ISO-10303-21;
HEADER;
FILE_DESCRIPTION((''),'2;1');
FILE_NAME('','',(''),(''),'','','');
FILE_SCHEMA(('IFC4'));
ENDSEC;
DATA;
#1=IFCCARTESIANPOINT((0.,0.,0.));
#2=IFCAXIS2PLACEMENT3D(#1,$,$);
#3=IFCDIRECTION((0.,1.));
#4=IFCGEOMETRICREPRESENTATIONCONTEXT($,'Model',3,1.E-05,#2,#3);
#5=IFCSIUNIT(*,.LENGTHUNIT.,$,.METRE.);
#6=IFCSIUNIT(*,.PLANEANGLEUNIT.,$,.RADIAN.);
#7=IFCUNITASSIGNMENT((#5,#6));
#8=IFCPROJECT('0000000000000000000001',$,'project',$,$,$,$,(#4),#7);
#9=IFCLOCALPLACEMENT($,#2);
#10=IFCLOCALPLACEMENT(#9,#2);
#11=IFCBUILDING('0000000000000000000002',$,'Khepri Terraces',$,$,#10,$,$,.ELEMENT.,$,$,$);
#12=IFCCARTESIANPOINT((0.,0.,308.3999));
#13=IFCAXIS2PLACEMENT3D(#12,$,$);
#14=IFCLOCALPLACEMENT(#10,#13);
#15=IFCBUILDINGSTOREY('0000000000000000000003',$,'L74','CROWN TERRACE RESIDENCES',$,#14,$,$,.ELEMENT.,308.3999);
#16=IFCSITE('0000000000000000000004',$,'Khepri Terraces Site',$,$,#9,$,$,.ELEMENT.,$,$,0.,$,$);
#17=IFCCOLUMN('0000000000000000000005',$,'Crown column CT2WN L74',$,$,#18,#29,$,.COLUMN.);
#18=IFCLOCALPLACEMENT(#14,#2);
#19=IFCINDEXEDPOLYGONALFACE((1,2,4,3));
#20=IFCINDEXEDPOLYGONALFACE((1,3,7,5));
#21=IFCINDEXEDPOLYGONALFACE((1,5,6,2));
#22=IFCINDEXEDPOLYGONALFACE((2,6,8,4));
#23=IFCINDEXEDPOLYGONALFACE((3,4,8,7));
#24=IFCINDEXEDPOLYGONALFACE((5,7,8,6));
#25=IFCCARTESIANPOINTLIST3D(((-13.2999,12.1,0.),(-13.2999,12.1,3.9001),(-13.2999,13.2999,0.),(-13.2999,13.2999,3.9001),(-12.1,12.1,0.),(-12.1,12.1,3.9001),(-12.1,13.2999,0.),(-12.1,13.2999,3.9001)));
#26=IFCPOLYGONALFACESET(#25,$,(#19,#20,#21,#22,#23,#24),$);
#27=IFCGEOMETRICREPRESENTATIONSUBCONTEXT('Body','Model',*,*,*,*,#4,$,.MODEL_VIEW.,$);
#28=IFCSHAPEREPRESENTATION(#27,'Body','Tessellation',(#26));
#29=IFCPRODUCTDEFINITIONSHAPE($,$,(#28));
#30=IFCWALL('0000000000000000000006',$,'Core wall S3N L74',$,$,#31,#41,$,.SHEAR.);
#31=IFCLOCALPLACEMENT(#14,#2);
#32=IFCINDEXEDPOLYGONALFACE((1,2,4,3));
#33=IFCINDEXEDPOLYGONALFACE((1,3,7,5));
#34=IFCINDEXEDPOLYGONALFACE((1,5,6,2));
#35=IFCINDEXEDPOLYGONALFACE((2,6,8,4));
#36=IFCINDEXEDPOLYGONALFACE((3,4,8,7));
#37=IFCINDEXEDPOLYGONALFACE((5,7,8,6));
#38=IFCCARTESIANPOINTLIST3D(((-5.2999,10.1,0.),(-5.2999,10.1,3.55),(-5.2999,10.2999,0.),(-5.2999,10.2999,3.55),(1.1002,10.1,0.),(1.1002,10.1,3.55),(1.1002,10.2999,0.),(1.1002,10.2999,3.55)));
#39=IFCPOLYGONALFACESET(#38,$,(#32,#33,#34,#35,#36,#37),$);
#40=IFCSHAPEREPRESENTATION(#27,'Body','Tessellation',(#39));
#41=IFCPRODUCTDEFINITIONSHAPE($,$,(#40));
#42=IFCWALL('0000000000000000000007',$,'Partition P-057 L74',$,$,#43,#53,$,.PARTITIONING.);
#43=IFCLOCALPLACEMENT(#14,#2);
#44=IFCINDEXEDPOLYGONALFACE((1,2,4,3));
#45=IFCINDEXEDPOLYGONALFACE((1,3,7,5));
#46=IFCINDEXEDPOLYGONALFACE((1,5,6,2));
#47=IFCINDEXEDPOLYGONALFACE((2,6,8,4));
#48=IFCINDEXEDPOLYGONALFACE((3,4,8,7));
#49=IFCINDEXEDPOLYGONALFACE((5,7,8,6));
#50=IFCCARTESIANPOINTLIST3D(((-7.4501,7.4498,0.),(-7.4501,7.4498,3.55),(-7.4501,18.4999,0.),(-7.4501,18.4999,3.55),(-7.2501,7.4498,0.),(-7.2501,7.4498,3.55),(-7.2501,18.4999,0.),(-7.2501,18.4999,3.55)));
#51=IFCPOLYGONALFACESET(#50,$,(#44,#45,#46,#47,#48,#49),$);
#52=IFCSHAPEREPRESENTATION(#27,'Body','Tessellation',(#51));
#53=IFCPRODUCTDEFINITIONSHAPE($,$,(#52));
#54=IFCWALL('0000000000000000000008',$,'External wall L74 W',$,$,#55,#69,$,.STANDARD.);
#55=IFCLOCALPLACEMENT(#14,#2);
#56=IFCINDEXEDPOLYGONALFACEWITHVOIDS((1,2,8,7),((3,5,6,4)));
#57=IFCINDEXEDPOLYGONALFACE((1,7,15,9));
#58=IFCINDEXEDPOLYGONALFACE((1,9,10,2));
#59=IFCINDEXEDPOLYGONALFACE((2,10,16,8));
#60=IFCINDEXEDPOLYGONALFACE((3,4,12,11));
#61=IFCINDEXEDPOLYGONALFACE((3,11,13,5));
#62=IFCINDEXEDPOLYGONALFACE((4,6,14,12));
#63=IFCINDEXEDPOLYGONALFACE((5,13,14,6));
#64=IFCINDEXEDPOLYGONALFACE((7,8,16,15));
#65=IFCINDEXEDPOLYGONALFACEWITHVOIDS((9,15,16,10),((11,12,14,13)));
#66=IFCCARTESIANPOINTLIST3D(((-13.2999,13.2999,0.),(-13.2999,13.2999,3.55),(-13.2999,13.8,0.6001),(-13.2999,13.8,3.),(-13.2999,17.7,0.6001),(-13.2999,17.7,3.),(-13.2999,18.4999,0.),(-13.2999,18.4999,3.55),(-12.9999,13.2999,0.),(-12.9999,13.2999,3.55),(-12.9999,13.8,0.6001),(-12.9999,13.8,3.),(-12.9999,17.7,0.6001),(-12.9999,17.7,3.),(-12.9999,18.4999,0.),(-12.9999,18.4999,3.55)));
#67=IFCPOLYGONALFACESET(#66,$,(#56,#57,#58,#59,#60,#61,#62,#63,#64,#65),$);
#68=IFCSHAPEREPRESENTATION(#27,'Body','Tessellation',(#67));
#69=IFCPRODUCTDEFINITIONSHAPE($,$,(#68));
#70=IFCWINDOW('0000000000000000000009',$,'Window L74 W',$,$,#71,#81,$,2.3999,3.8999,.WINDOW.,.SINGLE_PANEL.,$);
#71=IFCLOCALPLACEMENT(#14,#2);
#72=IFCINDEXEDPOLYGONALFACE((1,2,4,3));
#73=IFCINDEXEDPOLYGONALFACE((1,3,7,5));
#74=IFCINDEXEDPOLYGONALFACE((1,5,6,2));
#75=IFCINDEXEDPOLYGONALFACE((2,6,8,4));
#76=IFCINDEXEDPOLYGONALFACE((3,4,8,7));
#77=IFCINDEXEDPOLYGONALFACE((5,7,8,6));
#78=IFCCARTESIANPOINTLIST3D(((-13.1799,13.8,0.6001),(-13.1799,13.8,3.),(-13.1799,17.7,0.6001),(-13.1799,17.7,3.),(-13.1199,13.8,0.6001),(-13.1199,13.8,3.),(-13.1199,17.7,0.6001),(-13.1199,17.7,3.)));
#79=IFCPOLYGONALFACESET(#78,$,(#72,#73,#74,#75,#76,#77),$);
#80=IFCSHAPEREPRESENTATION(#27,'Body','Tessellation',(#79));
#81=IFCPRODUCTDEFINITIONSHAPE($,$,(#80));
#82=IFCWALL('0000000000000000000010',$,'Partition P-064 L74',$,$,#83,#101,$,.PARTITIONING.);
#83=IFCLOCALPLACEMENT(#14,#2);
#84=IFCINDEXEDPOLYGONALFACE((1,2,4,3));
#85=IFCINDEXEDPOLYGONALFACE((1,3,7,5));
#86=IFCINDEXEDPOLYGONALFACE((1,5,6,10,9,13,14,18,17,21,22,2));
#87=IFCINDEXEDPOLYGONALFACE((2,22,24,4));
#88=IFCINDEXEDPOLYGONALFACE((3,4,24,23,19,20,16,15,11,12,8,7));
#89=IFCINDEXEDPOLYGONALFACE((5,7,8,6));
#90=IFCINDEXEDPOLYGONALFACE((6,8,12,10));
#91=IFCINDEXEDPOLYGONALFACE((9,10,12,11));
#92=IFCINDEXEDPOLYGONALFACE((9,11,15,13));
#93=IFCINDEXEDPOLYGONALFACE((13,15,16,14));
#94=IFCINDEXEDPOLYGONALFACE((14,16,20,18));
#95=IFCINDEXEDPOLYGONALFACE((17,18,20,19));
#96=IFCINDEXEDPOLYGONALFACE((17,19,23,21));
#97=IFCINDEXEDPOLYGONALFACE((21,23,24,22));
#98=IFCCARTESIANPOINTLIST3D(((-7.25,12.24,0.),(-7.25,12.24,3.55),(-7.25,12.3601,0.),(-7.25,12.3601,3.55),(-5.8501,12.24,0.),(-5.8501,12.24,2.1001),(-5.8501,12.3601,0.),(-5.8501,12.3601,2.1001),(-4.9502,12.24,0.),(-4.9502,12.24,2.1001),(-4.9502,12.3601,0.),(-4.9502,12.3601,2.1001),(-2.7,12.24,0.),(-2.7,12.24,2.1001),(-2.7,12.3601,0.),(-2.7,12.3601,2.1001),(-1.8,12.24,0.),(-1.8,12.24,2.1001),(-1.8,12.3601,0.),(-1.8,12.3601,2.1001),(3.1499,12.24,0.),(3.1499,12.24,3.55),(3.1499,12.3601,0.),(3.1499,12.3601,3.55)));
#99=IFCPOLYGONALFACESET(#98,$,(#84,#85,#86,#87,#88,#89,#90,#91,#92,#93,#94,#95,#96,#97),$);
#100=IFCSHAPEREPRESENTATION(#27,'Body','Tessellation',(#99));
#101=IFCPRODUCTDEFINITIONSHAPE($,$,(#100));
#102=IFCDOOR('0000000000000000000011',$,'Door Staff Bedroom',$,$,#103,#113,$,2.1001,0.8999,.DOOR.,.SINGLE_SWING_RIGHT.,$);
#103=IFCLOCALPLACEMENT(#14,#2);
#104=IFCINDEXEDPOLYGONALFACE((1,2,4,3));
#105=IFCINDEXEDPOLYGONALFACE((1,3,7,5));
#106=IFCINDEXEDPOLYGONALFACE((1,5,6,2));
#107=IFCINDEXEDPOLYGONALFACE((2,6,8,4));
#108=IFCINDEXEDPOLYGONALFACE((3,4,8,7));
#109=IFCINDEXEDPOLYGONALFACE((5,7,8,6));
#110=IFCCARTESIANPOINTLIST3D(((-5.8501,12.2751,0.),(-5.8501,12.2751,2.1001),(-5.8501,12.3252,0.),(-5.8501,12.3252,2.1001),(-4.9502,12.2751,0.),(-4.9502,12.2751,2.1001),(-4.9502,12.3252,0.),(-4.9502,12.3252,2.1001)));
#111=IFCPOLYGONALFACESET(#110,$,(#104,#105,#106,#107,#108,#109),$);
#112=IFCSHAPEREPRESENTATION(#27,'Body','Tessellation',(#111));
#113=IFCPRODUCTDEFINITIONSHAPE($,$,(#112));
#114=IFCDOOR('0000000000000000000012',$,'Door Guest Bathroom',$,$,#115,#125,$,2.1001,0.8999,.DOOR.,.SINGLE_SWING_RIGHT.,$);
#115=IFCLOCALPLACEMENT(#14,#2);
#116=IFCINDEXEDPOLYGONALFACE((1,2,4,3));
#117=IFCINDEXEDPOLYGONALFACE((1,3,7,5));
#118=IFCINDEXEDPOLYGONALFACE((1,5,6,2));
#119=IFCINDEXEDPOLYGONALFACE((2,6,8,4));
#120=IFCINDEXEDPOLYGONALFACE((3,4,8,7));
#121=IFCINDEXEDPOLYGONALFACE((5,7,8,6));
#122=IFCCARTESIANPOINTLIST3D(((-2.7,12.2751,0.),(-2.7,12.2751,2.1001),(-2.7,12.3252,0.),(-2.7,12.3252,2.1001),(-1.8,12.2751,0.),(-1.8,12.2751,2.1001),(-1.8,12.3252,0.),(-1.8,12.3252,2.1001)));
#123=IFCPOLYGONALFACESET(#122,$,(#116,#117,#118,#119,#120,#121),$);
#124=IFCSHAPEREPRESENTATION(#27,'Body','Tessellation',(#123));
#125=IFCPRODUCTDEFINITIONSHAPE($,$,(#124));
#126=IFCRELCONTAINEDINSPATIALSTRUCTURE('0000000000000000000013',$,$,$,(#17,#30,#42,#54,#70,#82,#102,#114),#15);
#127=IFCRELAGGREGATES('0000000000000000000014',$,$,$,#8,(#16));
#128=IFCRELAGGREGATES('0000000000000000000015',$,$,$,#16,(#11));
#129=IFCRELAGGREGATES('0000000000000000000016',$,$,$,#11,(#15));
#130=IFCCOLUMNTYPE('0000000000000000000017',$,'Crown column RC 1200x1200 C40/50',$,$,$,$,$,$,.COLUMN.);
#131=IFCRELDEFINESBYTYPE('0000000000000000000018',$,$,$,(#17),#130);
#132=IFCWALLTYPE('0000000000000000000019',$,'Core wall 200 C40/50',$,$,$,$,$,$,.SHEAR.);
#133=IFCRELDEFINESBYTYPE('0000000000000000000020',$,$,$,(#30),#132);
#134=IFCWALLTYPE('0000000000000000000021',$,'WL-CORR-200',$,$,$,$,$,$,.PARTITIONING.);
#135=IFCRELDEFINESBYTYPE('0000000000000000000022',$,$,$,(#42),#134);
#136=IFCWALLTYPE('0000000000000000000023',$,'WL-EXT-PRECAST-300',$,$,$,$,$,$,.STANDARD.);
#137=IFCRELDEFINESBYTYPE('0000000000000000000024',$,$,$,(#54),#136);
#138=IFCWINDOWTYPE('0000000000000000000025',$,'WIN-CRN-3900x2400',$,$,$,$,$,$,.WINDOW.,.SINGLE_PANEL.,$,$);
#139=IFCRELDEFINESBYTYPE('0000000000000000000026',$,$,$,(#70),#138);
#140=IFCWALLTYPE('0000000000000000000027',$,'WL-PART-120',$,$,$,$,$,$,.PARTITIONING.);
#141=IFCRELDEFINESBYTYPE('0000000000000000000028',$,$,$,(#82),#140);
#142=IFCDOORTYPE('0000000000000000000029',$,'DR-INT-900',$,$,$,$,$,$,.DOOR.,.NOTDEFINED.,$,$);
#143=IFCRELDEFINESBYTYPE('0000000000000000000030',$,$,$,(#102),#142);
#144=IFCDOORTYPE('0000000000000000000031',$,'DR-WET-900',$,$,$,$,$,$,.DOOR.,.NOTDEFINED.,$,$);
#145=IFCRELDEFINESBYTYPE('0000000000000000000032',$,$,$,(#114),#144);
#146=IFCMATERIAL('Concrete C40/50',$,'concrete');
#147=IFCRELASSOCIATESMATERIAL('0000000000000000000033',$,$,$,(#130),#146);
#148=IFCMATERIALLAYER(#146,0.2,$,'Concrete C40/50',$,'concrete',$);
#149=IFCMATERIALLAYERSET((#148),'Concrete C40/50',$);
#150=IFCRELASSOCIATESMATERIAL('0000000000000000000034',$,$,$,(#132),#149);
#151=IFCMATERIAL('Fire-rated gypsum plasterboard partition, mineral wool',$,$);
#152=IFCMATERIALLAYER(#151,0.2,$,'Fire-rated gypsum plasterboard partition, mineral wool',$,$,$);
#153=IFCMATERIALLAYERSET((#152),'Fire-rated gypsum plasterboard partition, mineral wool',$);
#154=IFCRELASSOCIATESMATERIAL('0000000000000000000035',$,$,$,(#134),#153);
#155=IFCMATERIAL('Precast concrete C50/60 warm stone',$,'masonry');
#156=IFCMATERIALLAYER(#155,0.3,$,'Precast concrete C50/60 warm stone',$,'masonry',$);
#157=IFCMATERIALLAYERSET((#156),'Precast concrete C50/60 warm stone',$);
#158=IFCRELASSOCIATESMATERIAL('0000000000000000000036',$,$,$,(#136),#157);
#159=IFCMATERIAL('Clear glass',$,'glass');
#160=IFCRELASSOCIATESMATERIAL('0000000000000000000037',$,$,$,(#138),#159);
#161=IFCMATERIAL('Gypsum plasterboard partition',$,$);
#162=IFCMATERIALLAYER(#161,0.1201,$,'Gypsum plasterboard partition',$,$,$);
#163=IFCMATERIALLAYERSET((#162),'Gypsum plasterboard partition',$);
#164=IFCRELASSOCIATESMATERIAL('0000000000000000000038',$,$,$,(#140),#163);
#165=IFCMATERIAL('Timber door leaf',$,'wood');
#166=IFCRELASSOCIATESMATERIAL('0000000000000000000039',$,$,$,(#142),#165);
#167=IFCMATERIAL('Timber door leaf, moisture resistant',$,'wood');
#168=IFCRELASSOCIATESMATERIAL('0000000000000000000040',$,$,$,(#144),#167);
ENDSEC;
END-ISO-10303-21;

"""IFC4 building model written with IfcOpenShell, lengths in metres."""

from ifc_helpers import new_model, si_unit, direction, frame, frame_2d, origin, origin_2d, place, context, subcontext, project, spatial, rectangle, extrude, material, layer, layer_set, material_profile, profile_set, type_object, element, fill, save


model = new_model("IFC4")

# Units and contexts
model_context = context("Model", 3, precision=1e-05, world=origin(), true_north=direction((0.0, 1.0)))
body_context = subcontext(model_context, "Body", "Model", "MODEL_VIEW")
ifc_project = project(units=[si_unit("LENGTHUNIT", "METRE"), si_unit("PLANEANGLEUNIT", "RADIAN")], contexts=[model_context])

# Site, building, storey
site_placement = place(None, origin())
site = spatial("IfcSite", under=ifc_project, at=site_placement, Name="Khepri Terraces Site", CompositionType="ELEMENT", RefElevation=0.0)
building_placement = place(site_placement, origin())
building = spatial("IfcBuilding", under=site, at=building_placement, Name="Khepri Terraces", CompositionType="ELEMENT")
storey_placement = place(building_placement, frame((0.0, 0.0, 308.3999)))
storey = spatial("IfcBuildingStorey", under=building, at=storey_placement, Name="L74", Description="CROWN TERRACE RESIDENCES", CompositionType="ELEMENT", Elevation=308.3999)

# Column
ifc_material_1 = material(Name="Concrete C40/50", Category="concrete")
ifc_material_profile = material_profile(ifc_material_1, rectangle(XDim=1.2, YDim=1.2, at=origin_2d()), Name="Concrete C40/50", Category="concrete")
ifc_profile_set = profile_set([ifc_material_profile], Name="Concrete C40/50")
column_type = type_object("IfcColumnType", Name="Crown column RC 1200x1200 C40/50", PredefinedType="COLUMN", material=ifc_profile_set)
column_placement = place(storey_placement, frame((-12.7, 12.7, 0.0), z_axis=(0.0, 0.0, 1.0), x_axis=(1.0, 0.0, 0.0)))
element("IfcColumn", 1, at=column_placement, inside=storey, type_object=column_type, Name="Crown column CT2WN L74", PredefinedType="COLUMN", context=body_context, shape_type="SweptSolid", body=[
    extrude(rectangle(XDim=1.2, YDim=1.2, at=origin_2d()), origin(), (0.0, 0.0, 1.0), 3.9001),
])

# Walls
ifc_layer_1 = layer(ifc_material_1, 0.2, Name="Concrete C40/50", Category="concrete")
ifc_layer_set_1 = layer_set([ifc_layer_1], Name="Concrete C40/50")
wall_type_1 = type_object("IfcWallType", Name="Core wall 200 C40/50", PredefinedType="SHEAR", material=ifc_layer_set_1)
wall_1_placement = place(storey_placement, frame((-5.3, 10.2, 0.0), z_axis=(0.0, 0.0, 1.0), x_axis=(1.0, 0.0, 0.0)))
element("IfcWall", 2, at=wall_1_placement, inside=storey, type_object=wall_type_1, Name="Core wall S3N L74", PredefinedType="SHEAR", context=body_context, shape_type="SweptSolid", body=[
    extrude(rectangle(XDim=6.4001, YDim=0.2, at=frame_2d((3.2002, 0.0))), origin(), (0.0, 0.0, 1.0), 3.55),
])
ifc_material_2 = material(Name="Fire-rated gypsum plasterboard partition, mineral wool")
ifc_layer_2 = layer(ifc_material_2, 0.2, Name="Fire-rated gypsum plasterboard partition, mineral wool")
ifc_layer_set_2 = layer_set([ifc_layer_2], Name="Fire-rated gypsum plasterboard partition, mineral wool")
wall_type_2 = type_object("IfcWallType", Name="WL-CORR-200", PredefinedType="PARTITIONING", material=ifc_layer_set_2)
wall_2_placement = place(storey_placement, frame((-7.3501, 7.45, 0.0), z_axis=(0.0, 0.0, 1.0), x_axis=(0.0, 1.0, 0.0)))
element("IfcWall", 3, at=wall_2_placement, inside=storey, type_object=wall_type_2, Name="Partition P-057 L74", PredefinedType="PARTITIONING", context=body_context, shape_type="SweptSolid", body=[
    extrude(rectangle(XDim=11.05, YDim=0.2, at=frame_2d((5.5249, 0.0))), origin(), (0.0, 0.0, 1.0), 3.55),
])

# Wall, opening, window
ifc_material_3 = material(Name="Precast concrete C50/60 warm stone", Category="masonry")
ifc_layer_3 = layer(ifc_material_3, 0.3, Name="Precast concrete C50/60 warm stone", Category="masonry")
ifc_layer_set_3 = layer_set([ifc_layer_3], Name="Precast concrete C50/60 warm stone")
wall_type_3 = type_object("IfcWallType", Name="WL-EXT-PRECAST-300", PredefinedType="STANDARD", material=ifc_layer_set_3)
wall_3_placement = place(storey_placement, frame((-13.1499, 18.5, 0.0), z_axis=(0.0, 0.0, 1.0), x_axis=(0.0, -1.0, 0.0)))
wall_3 = element("IfcWall", 4, at=wall_3_placement, inside=storey, type_object=wall_type_3, Name="External wall L74 W", PredefinedType="STANDARD", context=body_context, shape_type="SweptSolid", body=[
    extrude(rectangle(XDim=5.2, YDim=0.3, at=frame_2d((2.6001, 0.0))), origin(), (0.0, 0.0, 1.0), 3.55),
])
opening_1_placement = place(wall_3_placement, frame((0.8, 0.0, 0.6001)))
opening_1 = element("IfcOpeningElement", 5, at=opening_1_placement, cuts=wall_3, PredefinedType="OPENING", context=body_context, shape_type="SweptSolid", body=[
    extrude(rectangle(XDim=3.8999, YDim=2.3999, at=frame_2d((1.95, 1.2))), frame((0.0, 0.1602, 0.0), z_axis=(0.0, -1.0, 0.0), x_axis=(1.0, 0.0, 0.0)), (0.0, 0.0, 1.0), 0.3201),
])
ifc_material_4 = material(Name="Clear glass", Category="glass")
window_type = type_object("IfcWindowType", Name="WIN-CRN-3900x2400", PartitioningType="SINGLE_PANEL", PredefinedType="WINDOW", material=ifc_material_4)
window_placement = place(opening_1_placement, origin())
window = element("IfcWindow", 6, at=window_placement, inside=storey, type_object=window_type, Name="Window L74 W", OverallHeight=2.3999, OverallWidth=3.8999, PartitioningType="SINGLE_PANEL", PredefinedType="WINDOW", context=body_context, shape_type="SweptSolid", body=[
    extrude(rectangle(XDim=3.8999, YDim=2.3999, at=frame_2d((1.95, 1.2))), frame((0.0, 0.03, 0.0), z_axis=(0.0, -1.0, 0.0), x_axis=(1.0, 0.0, 0.0)), (0.0, 0.0, 1.0), 0.0601),
])
fill(opening_1, window)

# Wall, openings, doors
ifc_material_5 = material(Name="Gypsum plasterboard partition")
ifc_layer_4 = layer(ifc_material_5, 0.1201, Name="Gypsum plasterboard partition")
ifc_layer_set_4 = layer_set([ifc_layer_4], Name="Gypsum plasterboard partition")
wall_type_4 = type_object("IfcWallType", Name="WL-PART-120", PredefinedType="PARTITIONING", material=ifc_layer_set_4)
wall_4_placement = place(storey_placement, frame((-7.25, 12.3, 0.0), z_axis=(0.0, 0.0, 1.0), x_axis=(1.0, 0.0, 0.0)))
wall_4 = element("IfcWall", 7, at=wall_4_placement, inside=storey, type_object=wall_type_4, Name="Partition P-064 L74", PredefinedType="PARTITIONING", context=body_context, shape_type="SweptSolid", body=[
    extrude(rectangle(XDim=10.3999, YDim=0.1201, at=frame_2d((5.2, 0.0))), origin(), (0.0, 0.0, 1.0), 3.55),
])
opening_2_placement = place(wall_4_placement, frame((4.55, 0.0, 0.0)))
opening_2 = element("IfcOpeningElement", 8, at=opening_2_placement, cuts=wall_4, PredefinedType="OPENING", context=body_context, shape_type="SweptSolid", body=[
    extrude(rectangle(XDim=0.8999, YDim=2.1001, at=frame_2d((0.45, 1.05))), frame((0.0, 0.0701, 0.0), z_axis=(0.0, -1.0, 0.0), x_axis=(1.0, 0.0, 0.0)), (0.0, 0.0, 1.0), 0.1401),
])
opening_3_placement = place(wall_4_placement, frame((1.3999, 0.0, 0.0)))
opening_3 = element("IfcOpeningElement", 9, at=opening_3_placement, cuts=wall_4, PredefinedType="OPENING", context=body_context, shape_type="SweptSolid", body=[
    extrude(rectangle(XDim=0.8999, YDim=2.1001, at=frame_2d((0.45, 1.05))), frame((0.0, 0.0701, 0.0), z_axis=(0.0, -1.0, 0.0), x_axis=(1.0, 0.0, 0.0)), (0.0, 0.0, 1.0), 0.1401),
])
ifc_material_6 = material(Name="Timber door leaf", Category="wood")
door_type_1 = type_object("IfcDoorType", Name="DR-INT-900", OperationType="NOTDEFINED", PredefinedType="DOOR", material=ifc_material_6)
door_1_placement = place(opening_3_placement, frame((0.8999, 0.0, 0.0), z_axis=(0.0, 0.0, 1.0), x_axis=(-1.0, 0.0, 0.0)))
door_1 = element("IfcDoor", 10, at=door_1_placement, inside=storey, type_object=door_type_1, Name="Door Staff Bedroom", OperationType="SINGLE_SWING_RIGHT", OverallHeight=2.1001, OverallWidth=0.8999, PredefinedType="DOOR", context=body_context, shape_type="SweptSolid", body=[
    extrude(rectangle(XDim=0.8999, YDim=2.1001, at=frame_2d((0.45, 1.05))), frame((0.0, 0.0249, 0.0), z_axis=(0.0, -1.0, 0.0), x_axis=(1.0, 0.0, 0.0)), (0.0, 0.0, 1.0), 0.05),
])
fill(opening_3, door_1)
ifc_material_7 = material(Name="Timber door leaf, moisture resistant", Category="wood")
door_type_2 = type_object("IfcDoorType", Name="DR-WET-900", OperationType="NOTDEFINED", PredefinedType="DOOR", material=ifc_material_7)
door_2_placement = place(opening_2_placement, frame((0.8999, 0.0, 0.0), z_axis=(0.0, 0.0, 1.0), x_axis=(-1.0, 0.0, 0.0)))
door_2 = element("IfcDoor", 11, at=door_2_placement, inside=storey, type_object=door_type_2, Name="Door Guest Bathroom", OperationType="SINGLE_SWING_RIGHT", OverallHeight=2.1001, OverallWidth=0.8999, PredefinedType="DOOR", context=body_context, shape_type="SweptSolid", body=[
    extrude(rectangle(XDim=0.8999, YDim=2.1001, at=frame_2d((0.45, 1.05))), frame((0.0, 0.0249, 0.0), z_axis=(0.0, -1.0, 0.0), x_axis=(1.0, 0.0, 0.0)), (0.0, 0.0, 1.0), 0.05),
])
fill(opening_2, door_2)

save(model, "model.ifc")
